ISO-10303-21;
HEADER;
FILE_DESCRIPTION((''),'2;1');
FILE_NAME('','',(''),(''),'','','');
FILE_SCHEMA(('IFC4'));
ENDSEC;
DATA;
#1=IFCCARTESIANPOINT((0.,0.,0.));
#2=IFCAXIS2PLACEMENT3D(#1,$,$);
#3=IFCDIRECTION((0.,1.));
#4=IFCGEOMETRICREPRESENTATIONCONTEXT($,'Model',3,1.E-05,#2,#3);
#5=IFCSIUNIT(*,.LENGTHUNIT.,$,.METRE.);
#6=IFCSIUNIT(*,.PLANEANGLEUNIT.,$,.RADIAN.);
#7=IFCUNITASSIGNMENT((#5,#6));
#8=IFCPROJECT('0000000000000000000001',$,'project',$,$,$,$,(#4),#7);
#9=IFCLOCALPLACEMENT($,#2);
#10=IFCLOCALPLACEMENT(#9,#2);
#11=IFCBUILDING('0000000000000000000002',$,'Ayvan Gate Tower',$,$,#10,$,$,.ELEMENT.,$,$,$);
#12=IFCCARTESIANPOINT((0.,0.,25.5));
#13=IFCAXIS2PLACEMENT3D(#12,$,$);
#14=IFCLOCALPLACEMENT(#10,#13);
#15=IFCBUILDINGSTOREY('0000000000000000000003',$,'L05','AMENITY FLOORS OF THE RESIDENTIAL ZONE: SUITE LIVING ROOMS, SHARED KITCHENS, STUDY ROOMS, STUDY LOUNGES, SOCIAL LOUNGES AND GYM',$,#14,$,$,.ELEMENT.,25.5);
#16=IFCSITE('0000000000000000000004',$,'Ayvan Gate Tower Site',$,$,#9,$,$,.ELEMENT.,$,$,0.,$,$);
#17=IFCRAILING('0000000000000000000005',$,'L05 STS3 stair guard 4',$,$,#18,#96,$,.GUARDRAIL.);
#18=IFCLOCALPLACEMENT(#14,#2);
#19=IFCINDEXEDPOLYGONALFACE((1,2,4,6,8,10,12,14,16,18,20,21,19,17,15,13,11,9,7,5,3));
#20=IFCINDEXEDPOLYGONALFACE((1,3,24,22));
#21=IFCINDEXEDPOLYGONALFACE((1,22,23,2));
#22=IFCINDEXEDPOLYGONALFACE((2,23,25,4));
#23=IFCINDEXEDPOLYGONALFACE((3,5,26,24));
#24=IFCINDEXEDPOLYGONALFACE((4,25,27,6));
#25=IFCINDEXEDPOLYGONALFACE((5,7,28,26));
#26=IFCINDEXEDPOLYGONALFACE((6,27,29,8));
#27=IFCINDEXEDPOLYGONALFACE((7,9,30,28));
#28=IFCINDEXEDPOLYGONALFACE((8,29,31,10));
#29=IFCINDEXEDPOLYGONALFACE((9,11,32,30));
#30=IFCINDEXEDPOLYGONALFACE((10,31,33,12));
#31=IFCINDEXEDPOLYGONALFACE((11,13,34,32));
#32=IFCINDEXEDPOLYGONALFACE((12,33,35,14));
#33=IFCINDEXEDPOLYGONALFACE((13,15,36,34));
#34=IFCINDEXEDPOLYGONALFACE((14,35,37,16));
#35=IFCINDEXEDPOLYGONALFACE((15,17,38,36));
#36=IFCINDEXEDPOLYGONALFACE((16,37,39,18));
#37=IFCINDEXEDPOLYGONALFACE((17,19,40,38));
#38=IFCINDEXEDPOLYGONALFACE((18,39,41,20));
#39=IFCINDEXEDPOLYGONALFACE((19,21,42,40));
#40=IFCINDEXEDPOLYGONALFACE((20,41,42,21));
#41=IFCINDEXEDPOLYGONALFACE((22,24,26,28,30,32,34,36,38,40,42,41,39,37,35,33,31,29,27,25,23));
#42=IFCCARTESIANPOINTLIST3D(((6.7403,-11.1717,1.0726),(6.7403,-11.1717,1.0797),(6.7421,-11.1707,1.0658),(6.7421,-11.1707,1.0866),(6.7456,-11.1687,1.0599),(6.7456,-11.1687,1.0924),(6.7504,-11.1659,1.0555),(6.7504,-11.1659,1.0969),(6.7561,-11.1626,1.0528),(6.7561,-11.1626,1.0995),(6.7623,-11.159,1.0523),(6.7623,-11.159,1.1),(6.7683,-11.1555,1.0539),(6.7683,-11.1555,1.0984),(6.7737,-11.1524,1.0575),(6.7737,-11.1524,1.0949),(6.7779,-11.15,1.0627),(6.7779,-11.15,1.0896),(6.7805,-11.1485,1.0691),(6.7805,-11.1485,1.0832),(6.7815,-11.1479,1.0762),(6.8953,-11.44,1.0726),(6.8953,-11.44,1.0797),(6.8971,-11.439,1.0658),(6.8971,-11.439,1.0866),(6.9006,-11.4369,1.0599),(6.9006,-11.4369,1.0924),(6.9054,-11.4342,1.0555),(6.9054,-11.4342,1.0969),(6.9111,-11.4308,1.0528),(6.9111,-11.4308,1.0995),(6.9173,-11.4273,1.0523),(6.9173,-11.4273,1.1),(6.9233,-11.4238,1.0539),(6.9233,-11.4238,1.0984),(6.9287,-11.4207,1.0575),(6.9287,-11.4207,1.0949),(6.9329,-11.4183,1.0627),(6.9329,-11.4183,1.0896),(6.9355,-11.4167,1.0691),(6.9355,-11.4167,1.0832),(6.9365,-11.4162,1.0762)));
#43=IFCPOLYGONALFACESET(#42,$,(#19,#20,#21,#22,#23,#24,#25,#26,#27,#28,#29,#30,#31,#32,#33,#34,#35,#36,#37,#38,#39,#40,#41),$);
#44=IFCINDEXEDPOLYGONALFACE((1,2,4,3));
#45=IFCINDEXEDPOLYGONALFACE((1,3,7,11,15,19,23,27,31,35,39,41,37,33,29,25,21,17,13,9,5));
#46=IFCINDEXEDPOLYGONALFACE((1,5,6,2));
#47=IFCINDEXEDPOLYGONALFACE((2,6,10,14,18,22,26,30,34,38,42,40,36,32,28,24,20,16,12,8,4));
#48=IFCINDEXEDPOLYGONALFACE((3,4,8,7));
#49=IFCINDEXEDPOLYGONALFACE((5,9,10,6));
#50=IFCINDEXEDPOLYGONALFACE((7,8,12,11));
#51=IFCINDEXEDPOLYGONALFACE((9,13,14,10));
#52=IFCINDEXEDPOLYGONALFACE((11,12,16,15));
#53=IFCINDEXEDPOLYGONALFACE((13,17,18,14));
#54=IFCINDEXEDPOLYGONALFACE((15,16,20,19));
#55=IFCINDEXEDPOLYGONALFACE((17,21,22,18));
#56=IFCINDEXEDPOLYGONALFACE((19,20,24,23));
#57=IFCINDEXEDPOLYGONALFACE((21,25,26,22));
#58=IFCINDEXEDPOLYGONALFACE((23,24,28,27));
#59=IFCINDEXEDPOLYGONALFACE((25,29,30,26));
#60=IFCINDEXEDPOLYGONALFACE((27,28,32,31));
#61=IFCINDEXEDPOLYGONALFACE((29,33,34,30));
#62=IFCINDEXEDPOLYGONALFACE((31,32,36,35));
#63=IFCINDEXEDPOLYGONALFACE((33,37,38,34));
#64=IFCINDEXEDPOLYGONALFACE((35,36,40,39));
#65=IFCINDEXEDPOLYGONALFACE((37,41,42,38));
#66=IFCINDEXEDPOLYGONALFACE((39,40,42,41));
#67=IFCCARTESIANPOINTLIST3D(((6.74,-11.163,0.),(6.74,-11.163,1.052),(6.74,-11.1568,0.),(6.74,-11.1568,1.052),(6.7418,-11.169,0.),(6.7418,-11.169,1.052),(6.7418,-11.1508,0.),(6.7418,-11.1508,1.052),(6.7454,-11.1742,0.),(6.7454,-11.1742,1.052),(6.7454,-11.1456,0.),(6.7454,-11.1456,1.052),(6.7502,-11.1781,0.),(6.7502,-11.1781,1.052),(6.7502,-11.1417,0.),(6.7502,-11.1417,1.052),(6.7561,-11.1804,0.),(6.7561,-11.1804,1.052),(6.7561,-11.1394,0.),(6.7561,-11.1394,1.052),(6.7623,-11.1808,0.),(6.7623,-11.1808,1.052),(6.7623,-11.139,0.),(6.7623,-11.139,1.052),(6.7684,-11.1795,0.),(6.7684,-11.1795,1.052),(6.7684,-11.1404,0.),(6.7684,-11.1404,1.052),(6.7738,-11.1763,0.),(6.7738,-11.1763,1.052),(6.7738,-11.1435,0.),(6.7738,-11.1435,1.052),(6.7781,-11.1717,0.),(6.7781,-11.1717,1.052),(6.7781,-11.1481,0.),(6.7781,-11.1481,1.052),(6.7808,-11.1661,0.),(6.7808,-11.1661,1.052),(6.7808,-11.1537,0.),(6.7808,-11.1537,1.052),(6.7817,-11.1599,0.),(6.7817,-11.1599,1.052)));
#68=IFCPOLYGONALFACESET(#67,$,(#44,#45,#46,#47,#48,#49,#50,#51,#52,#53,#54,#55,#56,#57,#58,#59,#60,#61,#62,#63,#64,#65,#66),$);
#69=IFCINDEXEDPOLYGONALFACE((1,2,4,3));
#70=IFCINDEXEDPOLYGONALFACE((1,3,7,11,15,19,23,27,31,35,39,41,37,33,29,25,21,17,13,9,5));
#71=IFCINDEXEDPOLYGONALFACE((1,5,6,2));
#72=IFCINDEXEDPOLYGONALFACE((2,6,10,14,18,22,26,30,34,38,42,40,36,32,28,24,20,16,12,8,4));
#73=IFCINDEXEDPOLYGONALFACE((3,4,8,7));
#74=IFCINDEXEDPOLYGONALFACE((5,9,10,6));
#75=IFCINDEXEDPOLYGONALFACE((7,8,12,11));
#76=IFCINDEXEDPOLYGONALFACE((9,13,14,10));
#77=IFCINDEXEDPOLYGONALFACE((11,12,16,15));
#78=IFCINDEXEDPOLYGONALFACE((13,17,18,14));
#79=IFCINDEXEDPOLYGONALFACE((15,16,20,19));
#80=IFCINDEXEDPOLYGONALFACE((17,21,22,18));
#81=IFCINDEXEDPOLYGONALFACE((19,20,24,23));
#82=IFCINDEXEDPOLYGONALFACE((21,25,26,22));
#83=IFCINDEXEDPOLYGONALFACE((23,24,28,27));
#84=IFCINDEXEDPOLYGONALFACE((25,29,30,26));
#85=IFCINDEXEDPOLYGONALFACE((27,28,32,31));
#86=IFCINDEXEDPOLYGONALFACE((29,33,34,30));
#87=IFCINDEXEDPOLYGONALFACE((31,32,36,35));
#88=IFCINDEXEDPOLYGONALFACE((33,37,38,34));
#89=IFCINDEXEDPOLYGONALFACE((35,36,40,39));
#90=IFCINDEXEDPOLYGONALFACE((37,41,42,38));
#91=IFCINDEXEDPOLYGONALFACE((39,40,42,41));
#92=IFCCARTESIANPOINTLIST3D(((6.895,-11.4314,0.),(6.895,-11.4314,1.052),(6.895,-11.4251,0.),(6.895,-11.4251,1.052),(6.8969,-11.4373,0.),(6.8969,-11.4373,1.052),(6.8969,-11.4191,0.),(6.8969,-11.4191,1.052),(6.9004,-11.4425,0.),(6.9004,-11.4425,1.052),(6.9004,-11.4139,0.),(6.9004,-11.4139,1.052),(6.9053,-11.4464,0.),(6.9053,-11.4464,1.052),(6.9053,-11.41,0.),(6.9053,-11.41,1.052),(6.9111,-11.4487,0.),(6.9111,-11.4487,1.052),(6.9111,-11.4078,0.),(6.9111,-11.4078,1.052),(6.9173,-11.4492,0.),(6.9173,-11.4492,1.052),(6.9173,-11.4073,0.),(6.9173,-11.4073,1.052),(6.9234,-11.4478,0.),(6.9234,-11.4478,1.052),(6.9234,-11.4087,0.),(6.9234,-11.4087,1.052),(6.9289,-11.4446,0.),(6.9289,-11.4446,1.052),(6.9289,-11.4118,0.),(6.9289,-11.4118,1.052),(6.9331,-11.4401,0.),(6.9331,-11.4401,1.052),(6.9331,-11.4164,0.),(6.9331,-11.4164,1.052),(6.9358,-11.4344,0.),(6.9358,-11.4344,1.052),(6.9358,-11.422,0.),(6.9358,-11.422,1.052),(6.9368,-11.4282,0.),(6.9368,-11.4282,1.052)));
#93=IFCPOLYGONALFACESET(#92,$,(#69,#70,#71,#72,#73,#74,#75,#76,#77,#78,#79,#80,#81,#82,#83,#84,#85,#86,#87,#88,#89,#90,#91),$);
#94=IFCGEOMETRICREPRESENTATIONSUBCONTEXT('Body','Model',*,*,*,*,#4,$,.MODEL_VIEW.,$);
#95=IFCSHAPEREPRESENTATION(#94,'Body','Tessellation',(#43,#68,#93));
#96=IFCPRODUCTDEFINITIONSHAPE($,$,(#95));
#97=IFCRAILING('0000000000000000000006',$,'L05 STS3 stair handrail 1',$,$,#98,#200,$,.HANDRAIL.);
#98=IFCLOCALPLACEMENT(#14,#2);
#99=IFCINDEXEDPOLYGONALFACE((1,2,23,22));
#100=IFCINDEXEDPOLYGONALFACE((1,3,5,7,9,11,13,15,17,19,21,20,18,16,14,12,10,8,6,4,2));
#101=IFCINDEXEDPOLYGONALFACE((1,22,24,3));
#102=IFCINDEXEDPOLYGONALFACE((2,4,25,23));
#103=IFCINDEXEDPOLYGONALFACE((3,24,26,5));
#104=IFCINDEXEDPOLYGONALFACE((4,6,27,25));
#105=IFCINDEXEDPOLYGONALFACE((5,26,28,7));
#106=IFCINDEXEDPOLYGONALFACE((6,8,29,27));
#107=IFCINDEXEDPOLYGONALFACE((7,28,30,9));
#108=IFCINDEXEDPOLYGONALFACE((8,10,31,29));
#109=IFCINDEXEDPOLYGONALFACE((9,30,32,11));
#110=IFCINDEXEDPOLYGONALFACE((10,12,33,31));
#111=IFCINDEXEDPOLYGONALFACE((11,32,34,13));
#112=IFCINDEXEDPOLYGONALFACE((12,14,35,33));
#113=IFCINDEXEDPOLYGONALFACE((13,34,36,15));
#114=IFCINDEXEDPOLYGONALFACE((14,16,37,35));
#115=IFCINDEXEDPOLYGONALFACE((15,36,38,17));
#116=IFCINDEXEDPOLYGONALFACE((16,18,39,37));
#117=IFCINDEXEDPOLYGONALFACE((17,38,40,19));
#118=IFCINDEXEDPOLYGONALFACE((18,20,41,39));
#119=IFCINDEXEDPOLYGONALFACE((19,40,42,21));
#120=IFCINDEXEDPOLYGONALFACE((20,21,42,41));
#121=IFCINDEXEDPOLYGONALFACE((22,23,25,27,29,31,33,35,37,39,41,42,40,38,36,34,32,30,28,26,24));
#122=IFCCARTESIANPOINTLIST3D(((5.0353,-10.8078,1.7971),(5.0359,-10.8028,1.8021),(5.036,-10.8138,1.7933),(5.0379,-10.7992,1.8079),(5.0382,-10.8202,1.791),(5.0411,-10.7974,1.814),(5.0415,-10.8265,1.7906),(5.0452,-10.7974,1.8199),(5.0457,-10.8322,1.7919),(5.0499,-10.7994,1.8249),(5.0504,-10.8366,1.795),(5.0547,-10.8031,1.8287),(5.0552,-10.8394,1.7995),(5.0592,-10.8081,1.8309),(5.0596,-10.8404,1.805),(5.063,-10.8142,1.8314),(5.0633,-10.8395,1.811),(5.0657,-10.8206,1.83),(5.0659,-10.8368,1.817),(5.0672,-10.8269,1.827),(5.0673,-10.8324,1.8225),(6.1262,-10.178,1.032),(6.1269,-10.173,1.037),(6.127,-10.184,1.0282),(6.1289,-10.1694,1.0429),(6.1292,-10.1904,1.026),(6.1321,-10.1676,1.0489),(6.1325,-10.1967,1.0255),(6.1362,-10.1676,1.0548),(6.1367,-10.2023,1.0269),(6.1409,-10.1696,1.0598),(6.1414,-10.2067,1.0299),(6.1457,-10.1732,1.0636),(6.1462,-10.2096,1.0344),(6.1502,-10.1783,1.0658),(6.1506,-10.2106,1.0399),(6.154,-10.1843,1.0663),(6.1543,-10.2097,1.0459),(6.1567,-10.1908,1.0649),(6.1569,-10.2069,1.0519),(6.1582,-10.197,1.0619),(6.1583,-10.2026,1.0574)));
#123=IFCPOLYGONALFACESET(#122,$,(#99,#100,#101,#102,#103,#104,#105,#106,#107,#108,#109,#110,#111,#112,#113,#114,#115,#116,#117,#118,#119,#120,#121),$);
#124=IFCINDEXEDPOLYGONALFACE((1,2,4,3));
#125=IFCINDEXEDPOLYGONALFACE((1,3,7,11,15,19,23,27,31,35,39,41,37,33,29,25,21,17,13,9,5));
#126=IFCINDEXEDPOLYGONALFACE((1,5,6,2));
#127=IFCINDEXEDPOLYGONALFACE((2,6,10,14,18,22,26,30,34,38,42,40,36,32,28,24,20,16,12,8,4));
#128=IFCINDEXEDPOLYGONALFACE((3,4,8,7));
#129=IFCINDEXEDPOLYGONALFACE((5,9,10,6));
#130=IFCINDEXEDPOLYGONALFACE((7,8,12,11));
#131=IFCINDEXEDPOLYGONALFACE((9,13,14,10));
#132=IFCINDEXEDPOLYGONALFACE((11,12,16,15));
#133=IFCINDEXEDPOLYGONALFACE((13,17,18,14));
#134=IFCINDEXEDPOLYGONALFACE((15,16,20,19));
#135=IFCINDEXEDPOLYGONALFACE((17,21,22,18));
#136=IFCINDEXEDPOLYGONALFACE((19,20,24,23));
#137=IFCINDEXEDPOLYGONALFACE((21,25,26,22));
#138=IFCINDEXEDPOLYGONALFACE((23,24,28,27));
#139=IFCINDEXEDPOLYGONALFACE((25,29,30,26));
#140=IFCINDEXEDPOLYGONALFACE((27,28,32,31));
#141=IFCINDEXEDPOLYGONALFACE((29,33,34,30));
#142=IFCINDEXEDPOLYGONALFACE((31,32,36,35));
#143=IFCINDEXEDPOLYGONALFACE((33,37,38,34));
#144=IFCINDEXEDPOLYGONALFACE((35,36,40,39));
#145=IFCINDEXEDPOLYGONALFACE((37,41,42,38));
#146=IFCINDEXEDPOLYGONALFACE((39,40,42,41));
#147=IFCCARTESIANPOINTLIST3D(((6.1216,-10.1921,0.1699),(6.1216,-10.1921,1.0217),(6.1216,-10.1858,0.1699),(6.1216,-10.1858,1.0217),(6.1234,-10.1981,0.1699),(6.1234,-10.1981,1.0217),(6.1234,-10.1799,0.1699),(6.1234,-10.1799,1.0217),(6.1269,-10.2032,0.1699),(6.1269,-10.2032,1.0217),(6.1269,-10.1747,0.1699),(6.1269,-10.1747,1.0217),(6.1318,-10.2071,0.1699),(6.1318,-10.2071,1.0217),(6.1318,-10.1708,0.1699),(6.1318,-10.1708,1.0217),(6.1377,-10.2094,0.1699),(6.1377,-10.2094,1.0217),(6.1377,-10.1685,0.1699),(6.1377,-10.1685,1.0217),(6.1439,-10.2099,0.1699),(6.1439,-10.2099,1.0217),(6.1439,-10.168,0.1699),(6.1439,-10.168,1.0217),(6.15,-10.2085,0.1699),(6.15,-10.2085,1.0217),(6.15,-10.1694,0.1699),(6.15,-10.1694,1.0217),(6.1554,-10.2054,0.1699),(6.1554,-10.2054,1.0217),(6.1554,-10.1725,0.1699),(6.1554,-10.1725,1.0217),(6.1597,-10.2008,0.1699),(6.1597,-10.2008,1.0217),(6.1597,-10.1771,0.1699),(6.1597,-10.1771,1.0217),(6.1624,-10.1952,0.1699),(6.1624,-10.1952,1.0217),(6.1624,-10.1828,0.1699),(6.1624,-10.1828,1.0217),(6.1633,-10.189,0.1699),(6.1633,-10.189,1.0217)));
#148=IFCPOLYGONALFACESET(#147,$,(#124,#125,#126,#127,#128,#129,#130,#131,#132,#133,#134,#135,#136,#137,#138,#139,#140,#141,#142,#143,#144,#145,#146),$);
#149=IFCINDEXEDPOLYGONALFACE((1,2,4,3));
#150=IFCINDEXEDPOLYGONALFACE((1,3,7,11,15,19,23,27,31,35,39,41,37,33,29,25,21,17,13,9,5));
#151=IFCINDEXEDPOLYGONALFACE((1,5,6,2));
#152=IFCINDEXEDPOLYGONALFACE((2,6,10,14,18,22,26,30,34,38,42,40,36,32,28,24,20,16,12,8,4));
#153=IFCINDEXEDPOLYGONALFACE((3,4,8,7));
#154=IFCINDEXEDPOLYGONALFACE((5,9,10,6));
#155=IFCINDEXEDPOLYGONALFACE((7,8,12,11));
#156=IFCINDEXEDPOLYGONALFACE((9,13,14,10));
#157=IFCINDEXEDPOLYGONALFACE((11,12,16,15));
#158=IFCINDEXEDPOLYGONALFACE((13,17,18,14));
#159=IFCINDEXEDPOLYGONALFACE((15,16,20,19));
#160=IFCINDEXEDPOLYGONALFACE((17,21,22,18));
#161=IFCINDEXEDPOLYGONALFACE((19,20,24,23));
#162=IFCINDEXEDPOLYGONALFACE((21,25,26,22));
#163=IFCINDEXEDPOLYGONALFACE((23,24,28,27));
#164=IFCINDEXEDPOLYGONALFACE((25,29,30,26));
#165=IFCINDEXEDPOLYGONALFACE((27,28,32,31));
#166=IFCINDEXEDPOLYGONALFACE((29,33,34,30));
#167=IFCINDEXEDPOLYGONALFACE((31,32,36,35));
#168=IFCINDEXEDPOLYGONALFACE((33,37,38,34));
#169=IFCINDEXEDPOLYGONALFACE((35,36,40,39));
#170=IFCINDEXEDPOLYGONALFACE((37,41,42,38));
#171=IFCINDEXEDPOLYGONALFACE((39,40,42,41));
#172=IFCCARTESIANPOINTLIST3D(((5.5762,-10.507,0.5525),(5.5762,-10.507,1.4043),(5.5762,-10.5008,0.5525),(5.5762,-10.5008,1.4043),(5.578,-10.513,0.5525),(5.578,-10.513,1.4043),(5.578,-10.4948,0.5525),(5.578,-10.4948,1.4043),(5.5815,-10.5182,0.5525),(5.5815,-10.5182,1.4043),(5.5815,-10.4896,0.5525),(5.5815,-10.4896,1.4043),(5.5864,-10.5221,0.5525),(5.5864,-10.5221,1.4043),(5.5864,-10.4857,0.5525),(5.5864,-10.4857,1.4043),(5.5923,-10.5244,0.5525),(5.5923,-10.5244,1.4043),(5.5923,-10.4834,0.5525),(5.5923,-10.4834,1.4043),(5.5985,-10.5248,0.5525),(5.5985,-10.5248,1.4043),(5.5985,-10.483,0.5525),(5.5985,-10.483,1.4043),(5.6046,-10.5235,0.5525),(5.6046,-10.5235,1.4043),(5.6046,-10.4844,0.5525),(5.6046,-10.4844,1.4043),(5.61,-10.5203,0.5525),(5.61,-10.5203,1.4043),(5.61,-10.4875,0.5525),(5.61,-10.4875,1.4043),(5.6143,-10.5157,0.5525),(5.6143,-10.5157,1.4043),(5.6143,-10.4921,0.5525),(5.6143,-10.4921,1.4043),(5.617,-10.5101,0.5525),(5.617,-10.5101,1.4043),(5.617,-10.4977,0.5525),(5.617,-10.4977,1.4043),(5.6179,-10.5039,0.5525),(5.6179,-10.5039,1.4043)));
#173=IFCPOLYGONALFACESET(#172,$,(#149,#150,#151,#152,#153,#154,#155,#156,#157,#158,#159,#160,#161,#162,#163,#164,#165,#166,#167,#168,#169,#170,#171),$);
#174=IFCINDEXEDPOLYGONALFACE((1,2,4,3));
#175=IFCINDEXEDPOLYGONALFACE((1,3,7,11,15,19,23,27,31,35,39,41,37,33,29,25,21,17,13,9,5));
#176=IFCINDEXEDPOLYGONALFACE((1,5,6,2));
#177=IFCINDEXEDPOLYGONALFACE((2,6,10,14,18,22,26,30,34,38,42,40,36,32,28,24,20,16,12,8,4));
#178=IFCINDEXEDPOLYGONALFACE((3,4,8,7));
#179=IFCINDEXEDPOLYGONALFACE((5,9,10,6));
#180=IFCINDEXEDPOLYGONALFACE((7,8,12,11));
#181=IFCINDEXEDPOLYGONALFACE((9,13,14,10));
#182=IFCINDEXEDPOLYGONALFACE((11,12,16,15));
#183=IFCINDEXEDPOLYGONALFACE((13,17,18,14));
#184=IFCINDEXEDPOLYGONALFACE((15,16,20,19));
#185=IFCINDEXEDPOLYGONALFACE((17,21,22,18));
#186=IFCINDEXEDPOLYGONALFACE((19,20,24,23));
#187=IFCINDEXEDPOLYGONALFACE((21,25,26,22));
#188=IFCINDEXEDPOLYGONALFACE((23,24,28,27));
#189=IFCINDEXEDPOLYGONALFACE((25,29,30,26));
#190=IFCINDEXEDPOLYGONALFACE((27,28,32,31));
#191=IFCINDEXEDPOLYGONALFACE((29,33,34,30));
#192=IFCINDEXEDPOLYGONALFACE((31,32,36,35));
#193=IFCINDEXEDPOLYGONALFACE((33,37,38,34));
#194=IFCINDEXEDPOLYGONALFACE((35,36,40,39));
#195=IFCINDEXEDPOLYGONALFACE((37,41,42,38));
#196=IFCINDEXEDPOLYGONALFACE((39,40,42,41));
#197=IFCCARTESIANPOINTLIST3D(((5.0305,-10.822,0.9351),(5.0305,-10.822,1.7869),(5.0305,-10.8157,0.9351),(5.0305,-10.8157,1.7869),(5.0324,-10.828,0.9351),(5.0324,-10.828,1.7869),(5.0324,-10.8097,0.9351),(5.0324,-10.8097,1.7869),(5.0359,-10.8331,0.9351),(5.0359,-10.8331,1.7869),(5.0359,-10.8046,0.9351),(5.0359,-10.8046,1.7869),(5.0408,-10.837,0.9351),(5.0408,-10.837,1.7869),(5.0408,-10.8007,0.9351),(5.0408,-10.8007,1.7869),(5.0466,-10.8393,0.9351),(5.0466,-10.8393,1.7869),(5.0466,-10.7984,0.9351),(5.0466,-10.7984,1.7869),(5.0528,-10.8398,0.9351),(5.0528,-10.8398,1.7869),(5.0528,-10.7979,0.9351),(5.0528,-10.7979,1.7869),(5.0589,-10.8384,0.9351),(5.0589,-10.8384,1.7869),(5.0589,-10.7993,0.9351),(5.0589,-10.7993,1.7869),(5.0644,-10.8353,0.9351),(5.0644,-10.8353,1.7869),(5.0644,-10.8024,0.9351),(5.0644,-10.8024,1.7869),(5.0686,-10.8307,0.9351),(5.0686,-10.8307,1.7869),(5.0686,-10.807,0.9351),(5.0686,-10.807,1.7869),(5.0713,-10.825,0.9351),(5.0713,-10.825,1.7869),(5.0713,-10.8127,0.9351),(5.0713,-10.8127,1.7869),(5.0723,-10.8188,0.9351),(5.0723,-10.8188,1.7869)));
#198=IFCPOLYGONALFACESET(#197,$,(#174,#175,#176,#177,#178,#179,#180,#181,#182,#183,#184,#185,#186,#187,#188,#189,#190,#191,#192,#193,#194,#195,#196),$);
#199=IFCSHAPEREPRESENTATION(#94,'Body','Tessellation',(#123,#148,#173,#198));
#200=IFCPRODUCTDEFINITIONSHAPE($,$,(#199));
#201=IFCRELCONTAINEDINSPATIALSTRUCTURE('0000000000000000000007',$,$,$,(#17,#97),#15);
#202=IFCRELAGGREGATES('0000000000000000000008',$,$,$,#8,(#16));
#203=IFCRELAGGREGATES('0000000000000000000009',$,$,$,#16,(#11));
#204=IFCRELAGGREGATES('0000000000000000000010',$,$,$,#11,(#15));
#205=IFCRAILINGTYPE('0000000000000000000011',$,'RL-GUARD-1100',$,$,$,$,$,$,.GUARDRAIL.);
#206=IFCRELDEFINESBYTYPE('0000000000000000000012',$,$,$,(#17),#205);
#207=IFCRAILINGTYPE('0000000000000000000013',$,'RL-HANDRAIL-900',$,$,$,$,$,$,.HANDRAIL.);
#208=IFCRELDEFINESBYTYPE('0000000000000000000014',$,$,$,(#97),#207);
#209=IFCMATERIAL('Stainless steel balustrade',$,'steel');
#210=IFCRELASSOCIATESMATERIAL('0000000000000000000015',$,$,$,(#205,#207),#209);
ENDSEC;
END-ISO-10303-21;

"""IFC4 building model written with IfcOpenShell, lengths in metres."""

from ifc_helpers import new_model, si_unit, direction, frame, origin, origin_2d, place, context, subcontext, project, spatial, circle, extrude, material, type_object, element, save


model = new_model("IFC4")

# Units and contexts
model_context = context("Model", 3, precision=1e-05, world=origin(), true_north=direction((0.0, 1.0)))
body_context = subcontext(model_context, "Body", "Model", "MODEL_VIEW")
ifc_project = project(units=[si_unit("LENGTHUNIT", "METRE"), si_unit("PLANEANGLEUNIT", "RADIAN")], contexts=[model_context])

# Site, building, storey
site_placement = place(None, origin())
site = spatial("IfcSite", under=ifc_project, at=site_placement, Name="Ayvan Gate Tower Site", CompositionType="ELEMENT", RefElevation=0.0)
building_placement = place(site_placement, origin())
building = spatial("IfcBuilding", under=site, at=building_placement, Name="Ayvan Gate Tower", CompositionType="ELEMENT")
storey_placement = place(building_placement, frame((0.0, 0.0, 25.5)))
storey = spatial("IfcBuildingStorey", under=building, at=storey_placement, Name="L05", Description="AMENITY FLOORS OF THE RESIDENTIAL ZONE: SUITE LIVING ROOMS, SHARED KITCHENS, STUDY ROOMS, STUDY LOUNGES, SOCIAL LOUNGES AND GYM", CompositionType="ELEMENT", Elevation=25.5)

# Railings
ifc_material_1 = material(Name="Stainless steel balustrade", Category="steel")
railing_type_1 = type_object("IfcRailingType", Name="RL-GUARD-1100", PredefinedType="GUARDRAIL", material=ifc_material_1)
railing_1_placement = place(storey_placement, frame((6.7607, -11.1599, 0.0)))
element("IfcRailing", 1, at=railing_1_placement, inside=storey, type_object=railing_type_1, Name="L05 STS3 stair guard 4", PredefinedType="GUARDRAIL", context=body_context, shape_type="SweptSolid", body=[
    extrude(circle(Radius=0.0239, at=origin_2d()), frame((0.0, 0.0, 1.0762), z_axis=(0.500291, -0.865857, 0.0), x_axis=(0.865857, 0.500291, 0.0)), (0.0, 0.0, 1.0), 0.3098),
    extrude(circle(Radius=0.021, at=origin_2d()), origin(), (0.0, 0.0, 1.0), 1.052),
    extrude(circle(Radius=0.021, at=origin_2d()), frame((0.155, -0.2683, 0.0)), (0.0, 0.0, 1.0), 1.052),
])
railing_type_2 = type_object("IfcRailingType", Name="RL-HANDRAIL-900", PredefinedType="HANDRAIL", material=ifc_material_1)
railing_2_placement = place(storey_placement, frame((6.1423, -10.189, 0.1699)))
element("IfcRailing", 2, at=railing_2_placement, inside=storey, type_object=railing_type_2, Name="L05 STS3 stair handrail 1", PredefinedType="HANDRAIL", context=body_context, shape_type="SweptSolid", body=[
    extrude(circle(Radius=0.0239, at=origin_2d()), frame((0.0, 0.0, 0.876), z_axis=(-0.740218, -0.427336, 0.519097), x_axis=(0.499974, -0.86604, 0.0)), (0.0, 0.0, 1.0), 1.4739),
    extrude(circle(Radius=0.021, at=origin_2d()), origin(), (0.0, 0.0, 1.0), 0.8518),
    extrude(circle(Radius=0.021, at=origin_2d()), frame((-0.5454, -0.3149, 0.3826)), (0.0, 0.0, 1.0), 0.8518),
    extrude(circle(Radius=0.021, at=origin_2d()), frame((-1.0911, -0.6299, 0.7651)), (0.0, 0.0, 1.0), 0.8518),
])

save(model, "model.ifc")
